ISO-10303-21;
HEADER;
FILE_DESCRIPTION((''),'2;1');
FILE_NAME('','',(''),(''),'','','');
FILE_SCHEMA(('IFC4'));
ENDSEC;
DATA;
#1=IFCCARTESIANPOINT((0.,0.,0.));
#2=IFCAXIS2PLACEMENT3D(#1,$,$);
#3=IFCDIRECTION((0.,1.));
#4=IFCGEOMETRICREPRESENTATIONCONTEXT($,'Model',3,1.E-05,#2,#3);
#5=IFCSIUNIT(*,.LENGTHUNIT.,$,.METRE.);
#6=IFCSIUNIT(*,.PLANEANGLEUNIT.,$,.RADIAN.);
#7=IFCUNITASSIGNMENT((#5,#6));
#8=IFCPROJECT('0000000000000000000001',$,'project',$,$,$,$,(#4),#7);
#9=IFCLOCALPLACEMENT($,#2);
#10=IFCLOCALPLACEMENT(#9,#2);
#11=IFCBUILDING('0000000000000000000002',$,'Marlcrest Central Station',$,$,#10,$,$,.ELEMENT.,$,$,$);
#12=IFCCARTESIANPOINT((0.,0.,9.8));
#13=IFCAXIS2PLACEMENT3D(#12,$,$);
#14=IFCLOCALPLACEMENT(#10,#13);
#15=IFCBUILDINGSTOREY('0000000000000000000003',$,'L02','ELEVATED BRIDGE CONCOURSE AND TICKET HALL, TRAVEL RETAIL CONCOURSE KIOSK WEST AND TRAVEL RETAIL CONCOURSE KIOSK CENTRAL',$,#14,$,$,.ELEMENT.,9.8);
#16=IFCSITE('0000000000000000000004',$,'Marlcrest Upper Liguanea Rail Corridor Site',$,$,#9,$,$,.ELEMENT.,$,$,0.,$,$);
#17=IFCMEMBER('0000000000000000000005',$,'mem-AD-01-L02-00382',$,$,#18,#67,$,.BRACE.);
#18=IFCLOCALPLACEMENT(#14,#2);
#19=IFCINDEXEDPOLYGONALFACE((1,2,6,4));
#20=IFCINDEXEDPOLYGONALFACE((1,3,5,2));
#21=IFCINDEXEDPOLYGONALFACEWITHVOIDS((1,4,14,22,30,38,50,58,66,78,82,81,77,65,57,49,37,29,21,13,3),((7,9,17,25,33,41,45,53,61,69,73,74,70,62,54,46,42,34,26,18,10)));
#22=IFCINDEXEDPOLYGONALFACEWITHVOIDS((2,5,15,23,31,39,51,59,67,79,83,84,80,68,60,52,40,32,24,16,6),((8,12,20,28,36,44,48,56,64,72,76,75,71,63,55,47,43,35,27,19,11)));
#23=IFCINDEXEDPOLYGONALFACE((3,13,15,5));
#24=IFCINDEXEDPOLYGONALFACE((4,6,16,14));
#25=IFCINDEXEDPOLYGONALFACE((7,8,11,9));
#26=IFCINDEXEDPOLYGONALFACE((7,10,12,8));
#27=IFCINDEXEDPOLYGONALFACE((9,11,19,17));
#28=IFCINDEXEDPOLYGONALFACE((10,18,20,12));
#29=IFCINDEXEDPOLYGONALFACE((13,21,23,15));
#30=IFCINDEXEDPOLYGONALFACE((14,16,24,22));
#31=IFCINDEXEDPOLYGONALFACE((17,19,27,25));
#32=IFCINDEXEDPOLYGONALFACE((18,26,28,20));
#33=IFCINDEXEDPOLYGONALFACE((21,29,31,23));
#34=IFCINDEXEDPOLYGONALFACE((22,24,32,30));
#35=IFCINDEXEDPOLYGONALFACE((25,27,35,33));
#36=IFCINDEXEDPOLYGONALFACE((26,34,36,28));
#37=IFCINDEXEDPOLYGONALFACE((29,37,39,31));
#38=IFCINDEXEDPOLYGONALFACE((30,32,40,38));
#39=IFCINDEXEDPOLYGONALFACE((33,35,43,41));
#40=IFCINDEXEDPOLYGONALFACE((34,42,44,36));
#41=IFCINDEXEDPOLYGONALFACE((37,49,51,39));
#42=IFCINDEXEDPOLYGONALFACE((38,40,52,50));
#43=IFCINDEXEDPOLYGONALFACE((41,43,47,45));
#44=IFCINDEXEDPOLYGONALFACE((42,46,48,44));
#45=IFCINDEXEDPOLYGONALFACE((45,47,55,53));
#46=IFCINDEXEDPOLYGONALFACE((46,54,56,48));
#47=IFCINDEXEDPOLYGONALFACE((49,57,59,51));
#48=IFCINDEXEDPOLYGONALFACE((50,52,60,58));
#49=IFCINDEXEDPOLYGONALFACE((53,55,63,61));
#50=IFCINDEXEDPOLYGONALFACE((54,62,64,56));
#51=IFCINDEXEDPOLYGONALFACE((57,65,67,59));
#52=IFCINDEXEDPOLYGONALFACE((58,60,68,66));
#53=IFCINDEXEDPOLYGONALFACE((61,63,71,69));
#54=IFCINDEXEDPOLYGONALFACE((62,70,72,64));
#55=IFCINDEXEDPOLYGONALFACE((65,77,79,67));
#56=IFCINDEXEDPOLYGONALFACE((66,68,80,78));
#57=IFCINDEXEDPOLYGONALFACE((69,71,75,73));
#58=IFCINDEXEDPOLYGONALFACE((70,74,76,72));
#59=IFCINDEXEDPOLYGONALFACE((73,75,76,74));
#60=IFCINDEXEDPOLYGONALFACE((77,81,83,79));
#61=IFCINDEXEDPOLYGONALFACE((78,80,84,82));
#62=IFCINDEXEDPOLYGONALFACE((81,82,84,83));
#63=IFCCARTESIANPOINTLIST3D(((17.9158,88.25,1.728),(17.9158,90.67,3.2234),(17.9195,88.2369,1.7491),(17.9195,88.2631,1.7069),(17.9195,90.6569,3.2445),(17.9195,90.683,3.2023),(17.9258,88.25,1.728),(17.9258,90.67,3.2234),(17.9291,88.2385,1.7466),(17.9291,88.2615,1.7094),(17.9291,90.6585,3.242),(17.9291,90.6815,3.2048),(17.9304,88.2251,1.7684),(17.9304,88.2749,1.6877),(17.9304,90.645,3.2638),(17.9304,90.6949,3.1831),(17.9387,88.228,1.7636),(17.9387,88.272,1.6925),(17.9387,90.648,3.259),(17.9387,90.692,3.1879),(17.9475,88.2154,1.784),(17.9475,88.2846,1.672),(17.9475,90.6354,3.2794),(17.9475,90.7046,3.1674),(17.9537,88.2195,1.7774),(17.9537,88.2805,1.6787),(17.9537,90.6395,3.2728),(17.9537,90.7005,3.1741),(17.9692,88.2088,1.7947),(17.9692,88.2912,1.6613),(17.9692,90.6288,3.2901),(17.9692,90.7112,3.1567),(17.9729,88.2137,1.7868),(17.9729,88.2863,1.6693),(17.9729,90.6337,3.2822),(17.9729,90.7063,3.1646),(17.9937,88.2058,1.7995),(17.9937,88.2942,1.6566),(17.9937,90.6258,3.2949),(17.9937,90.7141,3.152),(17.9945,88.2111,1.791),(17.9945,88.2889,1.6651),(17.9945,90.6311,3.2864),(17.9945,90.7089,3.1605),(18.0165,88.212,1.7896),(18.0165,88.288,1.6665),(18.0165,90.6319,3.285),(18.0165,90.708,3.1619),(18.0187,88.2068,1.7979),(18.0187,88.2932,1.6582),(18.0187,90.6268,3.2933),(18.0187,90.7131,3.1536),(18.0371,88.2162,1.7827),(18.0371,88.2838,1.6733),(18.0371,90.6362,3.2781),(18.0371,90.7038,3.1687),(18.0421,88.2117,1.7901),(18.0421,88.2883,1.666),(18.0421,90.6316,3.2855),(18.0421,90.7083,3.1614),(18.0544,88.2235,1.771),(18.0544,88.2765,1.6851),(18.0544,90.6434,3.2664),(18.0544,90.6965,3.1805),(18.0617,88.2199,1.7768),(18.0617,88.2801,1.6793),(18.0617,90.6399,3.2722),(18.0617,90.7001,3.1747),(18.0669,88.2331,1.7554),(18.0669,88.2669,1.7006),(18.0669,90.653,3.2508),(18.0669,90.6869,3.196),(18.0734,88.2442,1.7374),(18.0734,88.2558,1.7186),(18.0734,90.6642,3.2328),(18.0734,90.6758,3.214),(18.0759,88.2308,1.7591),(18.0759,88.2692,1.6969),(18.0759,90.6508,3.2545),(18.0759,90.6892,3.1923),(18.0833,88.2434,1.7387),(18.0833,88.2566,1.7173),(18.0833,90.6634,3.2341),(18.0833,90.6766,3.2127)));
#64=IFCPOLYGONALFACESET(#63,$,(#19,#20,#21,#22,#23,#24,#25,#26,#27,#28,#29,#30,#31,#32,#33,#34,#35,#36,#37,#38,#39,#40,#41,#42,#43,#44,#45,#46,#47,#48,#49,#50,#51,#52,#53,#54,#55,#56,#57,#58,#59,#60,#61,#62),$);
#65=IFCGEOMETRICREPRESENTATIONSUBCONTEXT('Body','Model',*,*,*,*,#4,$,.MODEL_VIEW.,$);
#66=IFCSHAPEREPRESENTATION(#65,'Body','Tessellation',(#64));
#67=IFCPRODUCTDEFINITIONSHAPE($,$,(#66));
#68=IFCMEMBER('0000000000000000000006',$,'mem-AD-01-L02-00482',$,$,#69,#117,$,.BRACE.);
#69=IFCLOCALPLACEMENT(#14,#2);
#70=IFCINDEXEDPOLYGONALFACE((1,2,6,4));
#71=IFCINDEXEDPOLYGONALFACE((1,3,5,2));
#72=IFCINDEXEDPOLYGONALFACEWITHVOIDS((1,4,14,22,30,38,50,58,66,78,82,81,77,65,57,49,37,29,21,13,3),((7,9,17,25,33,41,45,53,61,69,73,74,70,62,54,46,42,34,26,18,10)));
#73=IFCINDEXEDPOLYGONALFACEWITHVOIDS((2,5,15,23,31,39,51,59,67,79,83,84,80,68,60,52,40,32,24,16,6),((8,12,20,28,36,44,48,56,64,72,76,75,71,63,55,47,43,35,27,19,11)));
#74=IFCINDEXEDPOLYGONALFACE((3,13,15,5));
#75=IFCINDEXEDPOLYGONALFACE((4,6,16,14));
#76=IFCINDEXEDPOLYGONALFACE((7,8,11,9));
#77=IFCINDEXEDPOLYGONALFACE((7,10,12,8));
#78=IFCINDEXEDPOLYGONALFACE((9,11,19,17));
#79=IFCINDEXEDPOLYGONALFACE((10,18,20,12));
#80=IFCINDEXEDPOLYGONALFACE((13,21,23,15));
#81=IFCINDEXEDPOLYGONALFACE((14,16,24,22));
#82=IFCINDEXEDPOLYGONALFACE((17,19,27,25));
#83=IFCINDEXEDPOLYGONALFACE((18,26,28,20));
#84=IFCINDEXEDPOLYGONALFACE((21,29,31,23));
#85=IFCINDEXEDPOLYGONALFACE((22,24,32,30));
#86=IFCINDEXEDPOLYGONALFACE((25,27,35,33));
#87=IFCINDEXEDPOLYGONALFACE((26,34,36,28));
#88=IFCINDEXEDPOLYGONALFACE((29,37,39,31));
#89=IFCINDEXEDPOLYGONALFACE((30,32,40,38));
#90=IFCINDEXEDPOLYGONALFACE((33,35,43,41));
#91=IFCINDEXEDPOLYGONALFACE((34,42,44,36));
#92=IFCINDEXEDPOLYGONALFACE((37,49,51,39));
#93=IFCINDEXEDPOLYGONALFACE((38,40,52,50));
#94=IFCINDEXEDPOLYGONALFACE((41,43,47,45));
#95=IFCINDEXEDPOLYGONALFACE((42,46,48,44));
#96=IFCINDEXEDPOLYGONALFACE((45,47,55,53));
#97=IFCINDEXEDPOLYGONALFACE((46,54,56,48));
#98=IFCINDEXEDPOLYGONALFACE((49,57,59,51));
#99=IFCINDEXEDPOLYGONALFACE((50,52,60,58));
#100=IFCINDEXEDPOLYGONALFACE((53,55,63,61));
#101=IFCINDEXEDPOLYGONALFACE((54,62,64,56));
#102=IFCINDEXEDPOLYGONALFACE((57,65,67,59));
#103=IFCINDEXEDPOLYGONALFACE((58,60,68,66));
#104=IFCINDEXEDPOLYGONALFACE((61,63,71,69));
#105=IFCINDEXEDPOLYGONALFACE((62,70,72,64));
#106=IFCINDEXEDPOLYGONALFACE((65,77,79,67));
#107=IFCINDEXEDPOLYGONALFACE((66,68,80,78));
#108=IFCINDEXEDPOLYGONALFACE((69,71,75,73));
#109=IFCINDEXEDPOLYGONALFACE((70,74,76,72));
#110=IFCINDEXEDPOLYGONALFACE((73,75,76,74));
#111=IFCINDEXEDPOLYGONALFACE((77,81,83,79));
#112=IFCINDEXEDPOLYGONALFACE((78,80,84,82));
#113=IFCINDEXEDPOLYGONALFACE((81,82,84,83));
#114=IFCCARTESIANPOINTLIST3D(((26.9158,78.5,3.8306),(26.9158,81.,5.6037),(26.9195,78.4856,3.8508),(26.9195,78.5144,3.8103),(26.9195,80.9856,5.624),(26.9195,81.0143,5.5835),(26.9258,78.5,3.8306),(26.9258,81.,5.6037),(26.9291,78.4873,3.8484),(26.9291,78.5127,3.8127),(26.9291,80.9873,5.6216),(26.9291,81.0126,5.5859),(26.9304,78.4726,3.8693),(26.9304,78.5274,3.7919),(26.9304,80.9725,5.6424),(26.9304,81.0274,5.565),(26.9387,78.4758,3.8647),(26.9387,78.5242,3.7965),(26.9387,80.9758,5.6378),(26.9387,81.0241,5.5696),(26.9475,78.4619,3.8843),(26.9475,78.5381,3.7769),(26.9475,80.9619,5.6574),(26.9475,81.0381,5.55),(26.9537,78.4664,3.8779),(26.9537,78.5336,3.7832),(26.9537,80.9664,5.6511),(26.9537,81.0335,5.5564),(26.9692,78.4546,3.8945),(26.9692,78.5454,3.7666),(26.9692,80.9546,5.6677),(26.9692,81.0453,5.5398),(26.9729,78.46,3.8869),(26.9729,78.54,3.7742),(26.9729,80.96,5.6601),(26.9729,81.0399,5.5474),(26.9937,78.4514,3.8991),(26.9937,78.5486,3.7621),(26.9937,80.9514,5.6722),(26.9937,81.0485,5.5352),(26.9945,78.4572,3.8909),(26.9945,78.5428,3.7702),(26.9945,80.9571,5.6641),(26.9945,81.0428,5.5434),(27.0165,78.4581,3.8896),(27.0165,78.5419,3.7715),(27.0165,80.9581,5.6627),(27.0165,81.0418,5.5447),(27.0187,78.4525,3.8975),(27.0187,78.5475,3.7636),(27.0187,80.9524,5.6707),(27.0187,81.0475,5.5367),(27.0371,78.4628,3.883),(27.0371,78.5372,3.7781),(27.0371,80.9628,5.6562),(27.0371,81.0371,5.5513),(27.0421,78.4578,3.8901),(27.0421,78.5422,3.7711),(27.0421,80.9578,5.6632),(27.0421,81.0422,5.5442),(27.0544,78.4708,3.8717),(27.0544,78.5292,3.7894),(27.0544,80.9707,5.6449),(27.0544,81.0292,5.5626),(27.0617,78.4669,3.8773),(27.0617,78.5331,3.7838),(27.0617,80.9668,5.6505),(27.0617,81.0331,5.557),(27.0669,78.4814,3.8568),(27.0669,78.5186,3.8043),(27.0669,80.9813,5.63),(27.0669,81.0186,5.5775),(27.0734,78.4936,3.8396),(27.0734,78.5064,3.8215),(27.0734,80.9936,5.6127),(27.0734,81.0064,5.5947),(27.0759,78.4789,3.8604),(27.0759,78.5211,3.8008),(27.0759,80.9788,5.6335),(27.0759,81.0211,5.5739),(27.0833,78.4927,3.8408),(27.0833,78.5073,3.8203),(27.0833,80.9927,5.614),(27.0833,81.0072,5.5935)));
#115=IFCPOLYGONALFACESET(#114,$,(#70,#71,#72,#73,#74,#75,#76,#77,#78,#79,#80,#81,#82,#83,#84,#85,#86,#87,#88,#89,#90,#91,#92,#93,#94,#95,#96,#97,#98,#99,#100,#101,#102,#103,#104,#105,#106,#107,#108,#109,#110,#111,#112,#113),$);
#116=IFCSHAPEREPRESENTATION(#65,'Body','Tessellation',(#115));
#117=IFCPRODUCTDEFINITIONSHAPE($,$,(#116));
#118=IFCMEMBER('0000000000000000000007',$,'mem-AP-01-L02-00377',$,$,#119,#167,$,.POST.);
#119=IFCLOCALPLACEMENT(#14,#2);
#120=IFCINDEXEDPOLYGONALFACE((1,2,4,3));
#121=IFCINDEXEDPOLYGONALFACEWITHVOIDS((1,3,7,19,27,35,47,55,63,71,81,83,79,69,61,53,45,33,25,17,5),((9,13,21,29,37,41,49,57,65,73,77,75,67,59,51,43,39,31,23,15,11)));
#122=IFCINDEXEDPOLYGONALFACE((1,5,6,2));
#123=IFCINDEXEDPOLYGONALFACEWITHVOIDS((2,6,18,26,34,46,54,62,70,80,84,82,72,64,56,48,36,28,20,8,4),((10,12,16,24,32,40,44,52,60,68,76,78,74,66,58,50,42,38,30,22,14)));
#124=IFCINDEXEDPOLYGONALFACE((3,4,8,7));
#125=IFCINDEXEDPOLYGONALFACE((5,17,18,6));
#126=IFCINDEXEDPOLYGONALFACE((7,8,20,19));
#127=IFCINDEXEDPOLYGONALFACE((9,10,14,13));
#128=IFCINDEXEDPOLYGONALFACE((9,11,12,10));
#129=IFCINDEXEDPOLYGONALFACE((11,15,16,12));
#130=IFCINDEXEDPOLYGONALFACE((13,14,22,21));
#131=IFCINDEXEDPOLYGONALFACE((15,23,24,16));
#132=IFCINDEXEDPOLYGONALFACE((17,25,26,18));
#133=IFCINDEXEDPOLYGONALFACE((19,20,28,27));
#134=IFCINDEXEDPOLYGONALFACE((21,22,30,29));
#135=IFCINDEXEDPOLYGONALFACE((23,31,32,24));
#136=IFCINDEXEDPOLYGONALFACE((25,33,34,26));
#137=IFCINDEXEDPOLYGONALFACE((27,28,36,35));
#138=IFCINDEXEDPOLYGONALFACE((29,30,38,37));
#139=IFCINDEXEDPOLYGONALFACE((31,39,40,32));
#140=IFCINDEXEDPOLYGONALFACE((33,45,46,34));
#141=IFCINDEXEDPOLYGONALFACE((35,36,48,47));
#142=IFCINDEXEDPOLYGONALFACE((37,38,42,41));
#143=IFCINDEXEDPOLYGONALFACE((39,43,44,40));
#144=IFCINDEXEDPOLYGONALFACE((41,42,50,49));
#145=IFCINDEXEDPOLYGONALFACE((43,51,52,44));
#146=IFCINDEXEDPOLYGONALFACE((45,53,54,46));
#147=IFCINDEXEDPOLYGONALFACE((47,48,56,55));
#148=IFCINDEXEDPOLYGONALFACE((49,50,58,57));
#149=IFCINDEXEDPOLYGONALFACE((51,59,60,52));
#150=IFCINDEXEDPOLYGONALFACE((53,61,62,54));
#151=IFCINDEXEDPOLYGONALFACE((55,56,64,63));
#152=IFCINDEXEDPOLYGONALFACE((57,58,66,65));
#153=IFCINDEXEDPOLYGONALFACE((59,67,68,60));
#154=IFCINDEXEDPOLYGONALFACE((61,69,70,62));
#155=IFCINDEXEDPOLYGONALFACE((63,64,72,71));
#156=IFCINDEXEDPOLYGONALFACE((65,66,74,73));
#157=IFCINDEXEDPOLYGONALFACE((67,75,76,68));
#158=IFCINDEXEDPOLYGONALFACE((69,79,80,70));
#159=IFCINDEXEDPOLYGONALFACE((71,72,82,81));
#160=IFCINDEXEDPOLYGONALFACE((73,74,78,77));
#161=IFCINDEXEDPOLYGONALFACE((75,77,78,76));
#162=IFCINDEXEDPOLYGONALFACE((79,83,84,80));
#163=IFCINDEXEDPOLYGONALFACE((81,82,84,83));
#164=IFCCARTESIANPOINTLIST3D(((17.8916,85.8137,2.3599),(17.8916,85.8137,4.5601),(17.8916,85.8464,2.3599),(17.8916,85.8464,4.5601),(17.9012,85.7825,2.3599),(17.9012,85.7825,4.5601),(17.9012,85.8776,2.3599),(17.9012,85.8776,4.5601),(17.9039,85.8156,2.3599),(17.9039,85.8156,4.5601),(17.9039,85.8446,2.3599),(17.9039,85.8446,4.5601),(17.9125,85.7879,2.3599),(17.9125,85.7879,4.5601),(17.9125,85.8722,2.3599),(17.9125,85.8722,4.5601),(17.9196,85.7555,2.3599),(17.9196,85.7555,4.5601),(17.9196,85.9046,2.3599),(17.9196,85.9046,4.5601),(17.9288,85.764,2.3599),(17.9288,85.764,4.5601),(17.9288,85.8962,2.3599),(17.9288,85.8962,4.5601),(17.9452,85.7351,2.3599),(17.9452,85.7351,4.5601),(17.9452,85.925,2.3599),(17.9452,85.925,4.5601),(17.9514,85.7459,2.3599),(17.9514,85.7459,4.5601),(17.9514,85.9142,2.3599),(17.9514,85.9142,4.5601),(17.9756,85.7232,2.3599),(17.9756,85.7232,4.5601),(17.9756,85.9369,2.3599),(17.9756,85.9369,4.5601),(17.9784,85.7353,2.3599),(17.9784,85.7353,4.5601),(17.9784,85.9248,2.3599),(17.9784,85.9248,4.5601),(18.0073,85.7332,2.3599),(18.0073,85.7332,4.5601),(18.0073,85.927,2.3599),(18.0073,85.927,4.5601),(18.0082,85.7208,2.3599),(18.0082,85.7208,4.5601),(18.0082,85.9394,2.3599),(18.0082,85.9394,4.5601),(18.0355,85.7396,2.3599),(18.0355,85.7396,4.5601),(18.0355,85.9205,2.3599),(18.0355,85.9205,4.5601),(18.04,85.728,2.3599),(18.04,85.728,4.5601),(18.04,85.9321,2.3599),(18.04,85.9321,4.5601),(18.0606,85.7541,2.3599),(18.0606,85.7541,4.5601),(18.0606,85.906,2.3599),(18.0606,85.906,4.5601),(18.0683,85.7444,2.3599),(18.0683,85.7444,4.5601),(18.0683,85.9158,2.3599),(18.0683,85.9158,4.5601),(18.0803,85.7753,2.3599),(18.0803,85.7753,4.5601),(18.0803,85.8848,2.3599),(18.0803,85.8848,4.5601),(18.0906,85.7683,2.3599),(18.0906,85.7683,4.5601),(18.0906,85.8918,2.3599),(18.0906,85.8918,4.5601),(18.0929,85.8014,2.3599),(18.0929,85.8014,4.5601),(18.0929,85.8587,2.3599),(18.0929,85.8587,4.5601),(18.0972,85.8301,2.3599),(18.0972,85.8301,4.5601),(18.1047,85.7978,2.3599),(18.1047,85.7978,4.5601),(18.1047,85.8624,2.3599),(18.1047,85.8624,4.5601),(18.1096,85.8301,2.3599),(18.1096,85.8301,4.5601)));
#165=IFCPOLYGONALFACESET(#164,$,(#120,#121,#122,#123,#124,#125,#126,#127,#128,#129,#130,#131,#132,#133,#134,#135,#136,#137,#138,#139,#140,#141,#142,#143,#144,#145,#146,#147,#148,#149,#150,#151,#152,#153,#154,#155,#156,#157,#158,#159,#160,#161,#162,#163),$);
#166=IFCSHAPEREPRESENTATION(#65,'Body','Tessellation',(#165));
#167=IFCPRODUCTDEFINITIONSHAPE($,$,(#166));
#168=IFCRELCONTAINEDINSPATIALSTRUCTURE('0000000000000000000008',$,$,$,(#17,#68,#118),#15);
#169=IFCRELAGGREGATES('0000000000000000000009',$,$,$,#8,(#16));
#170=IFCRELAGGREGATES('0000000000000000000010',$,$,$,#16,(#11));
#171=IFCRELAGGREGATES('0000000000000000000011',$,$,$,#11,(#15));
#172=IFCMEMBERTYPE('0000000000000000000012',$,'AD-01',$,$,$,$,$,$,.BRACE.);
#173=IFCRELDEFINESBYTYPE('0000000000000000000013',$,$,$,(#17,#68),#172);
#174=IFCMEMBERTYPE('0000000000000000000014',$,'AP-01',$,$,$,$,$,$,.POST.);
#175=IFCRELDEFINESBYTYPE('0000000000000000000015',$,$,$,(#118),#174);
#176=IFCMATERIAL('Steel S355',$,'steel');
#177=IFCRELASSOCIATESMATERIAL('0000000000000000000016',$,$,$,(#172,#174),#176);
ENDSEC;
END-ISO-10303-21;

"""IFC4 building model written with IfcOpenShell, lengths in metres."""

from ifc_helpers import new_model, si_unit, direction, frame, origin, origin_2d, place, context, subcontext, project, spatial, hollow_circle, extrude, material, material_profile, profile_set, type_object, element, save


model = new_model("IFC4")

# Units and contexts
model_context = context("Model", 3, precision=1e-05, world=origin(), true_north=direction((0.0, 1.0)))
body_context = subcontext(model_context, "Body", "Model", "MODEL_VIEW")
ifc_project = project(units=[si_unit("LENGTHUNIT", "METRE"), si_unit("PLANEANGLEUNIT", "RADIAN")], contexts=[model_context])

# Site, building, storey
site_placement = place(None, origin())
site = spatial("IfcSite", under=ifc_project, at=site_placement, Name="Marlcrest Upper Liguanea Rail Corridor Site", CompositionType="ELEMENT", RefElevation=0.0)
building_placement = place(site_placement, origin())
building = spatial("IfcBuilding", under=site, at=building_placement, Name="Marlcrest Central Station", CompositionType="ELEMENT")
storey_placement = place(building_placement, frame((0.0, 0.0, 9.8)))
storey = spatial("IfcBuildingStorey", under=building, at=storey_placement, Name="L02", Description="ELEVATED BRIDGE CONCOURSE AND TICKET HALL, TRAVEL RETAIL CONCOURSE KIOSK WEST AND TRAVEL RETAIL CONCOURSE KIOSK CENTRAL", CompositionType="ELEMENT", Elevation=9.8)

# Members
ifc_material_1 = material(Name="Steel S355", Category="steel")
ifc_material_profile_1 = material_profile(ifc_material_1, hollow_circle(Radius=0.0842, WallThickness=0.01, at=origin_2d()), Name="CHS 168.3x10")
ifc_profile_set_1 = profile_set([ifc_material_profile_1], Name="Steel S355")
member_type_1 = type_object("IfcMemberType", Name="AD-01", PredefinedType="BRACE", material=ifc_profile_set_1)
member_1_placement = place(storey_placement, frame((18.0, 88.25, 1.728), z_axis=(0.0, 0.850687, 0.525672), x_axis=(-1.0, 0.0, 0.0)))
element("IfcMember", 1, at=member_1_placement, inside=storey, type_object=member_type_1, Name="mem-AD-01-L02-00382", PredefinedType="BRACE", context=body_context, shape_type="SweptSolid", body=[
    extrude(hollow_circle(Radius=0.0842, WallThickness=0.01, at=origin_2d()), origin(), (0.0, 0.0, 1.0), 2.8447),
])
member_2_placement = place(storey_placement, frame((27.0, 78.5, 3.8306), z_axis=(0.0, 0.815661, 0.57853), x_axis=(-1.0, 0.0, 0.0)))
element("IfcMember", 2, at=member_2_placement, inside=storey, type_object=member_type_1, Name="mem-AD-01-L02-00482", PredefinedType="BRACE", context=body_context, shape_type="SweptSolid", body=[
    extrude(hollow_circle(Radius=0.0842, WallThickness=0.01, at=origin_2d()), origin(), (0.0, 0.0, 1.0), 3.0649),
])
ifc_material_profile_2 = material_profile(ifc_material_1, hollow_circle(Radius=0.1096, WallThickness=0.0125, at=origin_2d()), Name="CHS 219.1x12.5")
ifc_profile_set_2 = profile_set([ifc_material_profile_2], Name="Steel S355")
member_type_2 = type_object("IfcMemberType", Name="AP-01", PredefinedType="POST", material=ifc_profile_set_2)
member_3_placement = place(storey_placement, frame((18.0, 85.8301, 2.3599), z_axis=(0.0, 0.0, 1.0), x_axis=(1.0, 0.0, 0.0)))
element("IfcMember", 3, at=member_3_placement, inside=storey, type_object=member_type_2, Name="mem-AP-01-L02-00377", PredefinedType="POST", context=body_context, shape_type="SweptSolid", body=[
    extrude(hollow_circle(Radius=0.1096, WallThickness=0.0125, at=origin_2d()), origin(), (0.0, 0.0, 1.0), 2.2002),
])

save(model, "model.ifc")
